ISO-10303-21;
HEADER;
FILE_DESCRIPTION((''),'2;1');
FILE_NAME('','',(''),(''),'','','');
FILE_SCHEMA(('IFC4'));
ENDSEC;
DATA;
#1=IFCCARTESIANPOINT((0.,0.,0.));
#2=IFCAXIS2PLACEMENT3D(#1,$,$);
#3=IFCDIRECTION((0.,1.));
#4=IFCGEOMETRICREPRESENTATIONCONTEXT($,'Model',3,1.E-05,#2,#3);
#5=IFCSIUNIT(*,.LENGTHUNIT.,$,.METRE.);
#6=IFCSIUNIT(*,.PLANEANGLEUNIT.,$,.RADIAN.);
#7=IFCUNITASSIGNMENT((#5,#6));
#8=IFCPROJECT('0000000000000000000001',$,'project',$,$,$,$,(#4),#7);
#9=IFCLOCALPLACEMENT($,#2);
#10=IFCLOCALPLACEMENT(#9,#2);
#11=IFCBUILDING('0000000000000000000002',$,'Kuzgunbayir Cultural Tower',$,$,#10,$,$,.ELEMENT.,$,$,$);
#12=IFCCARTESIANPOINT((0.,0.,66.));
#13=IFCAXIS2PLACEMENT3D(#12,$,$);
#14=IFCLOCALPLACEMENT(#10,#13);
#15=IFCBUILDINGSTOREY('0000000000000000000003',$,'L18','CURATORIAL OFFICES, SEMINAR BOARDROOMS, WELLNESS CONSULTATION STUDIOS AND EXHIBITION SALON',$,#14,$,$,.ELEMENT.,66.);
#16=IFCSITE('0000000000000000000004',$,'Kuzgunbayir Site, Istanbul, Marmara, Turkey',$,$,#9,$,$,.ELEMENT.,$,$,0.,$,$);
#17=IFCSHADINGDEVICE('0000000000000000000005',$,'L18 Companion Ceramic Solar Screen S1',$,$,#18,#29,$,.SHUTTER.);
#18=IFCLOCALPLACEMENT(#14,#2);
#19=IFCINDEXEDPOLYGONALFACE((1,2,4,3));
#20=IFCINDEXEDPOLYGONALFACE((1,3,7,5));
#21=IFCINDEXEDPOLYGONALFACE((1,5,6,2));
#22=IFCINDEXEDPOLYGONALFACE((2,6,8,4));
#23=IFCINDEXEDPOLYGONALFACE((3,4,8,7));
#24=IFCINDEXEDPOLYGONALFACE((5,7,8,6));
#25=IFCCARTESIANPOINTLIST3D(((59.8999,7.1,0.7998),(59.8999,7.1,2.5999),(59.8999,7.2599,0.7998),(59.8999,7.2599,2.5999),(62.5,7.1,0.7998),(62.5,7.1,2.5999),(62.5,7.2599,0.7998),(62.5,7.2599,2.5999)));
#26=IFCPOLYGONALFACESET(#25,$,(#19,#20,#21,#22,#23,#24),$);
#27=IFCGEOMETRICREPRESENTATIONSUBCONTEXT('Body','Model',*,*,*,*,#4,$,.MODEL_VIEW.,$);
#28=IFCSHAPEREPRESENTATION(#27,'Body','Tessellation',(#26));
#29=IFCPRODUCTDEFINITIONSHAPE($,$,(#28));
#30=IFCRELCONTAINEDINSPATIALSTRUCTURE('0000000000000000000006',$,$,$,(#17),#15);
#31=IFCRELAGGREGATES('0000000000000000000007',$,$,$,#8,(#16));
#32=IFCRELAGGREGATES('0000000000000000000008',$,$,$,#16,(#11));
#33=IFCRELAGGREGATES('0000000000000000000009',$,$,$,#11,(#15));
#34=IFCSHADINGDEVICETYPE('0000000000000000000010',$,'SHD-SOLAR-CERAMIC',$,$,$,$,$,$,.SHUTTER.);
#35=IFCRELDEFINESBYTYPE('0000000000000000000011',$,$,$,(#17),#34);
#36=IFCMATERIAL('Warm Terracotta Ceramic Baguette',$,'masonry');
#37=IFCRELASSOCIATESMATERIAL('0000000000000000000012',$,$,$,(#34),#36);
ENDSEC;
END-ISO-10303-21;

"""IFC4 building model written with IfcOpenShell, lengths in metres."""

from ifc_helpers import new_model, si_unit, direction, frame, origin, origin_2d, place, context, subcontext, project, spatial, rectangle, extrude, material, type_object, element, save


model = new_model("IFC4")

# Units and contexts
model_context = context("Model", 3, precision=1e-05, world=origin(), true_north=direction((0.0, 1.0)))
body_context = subcontext(model_context, "Body", "Model", "MODEL_VIEW")
ifc_project = project(units=[si_unit("LENGTHUNIT", "METRE"), si_unit("PLANEANGLEUNIT", "RADIAN")], contexts=[model_context])

# Site, building, storey
site_placement = place(None, origin())
site = spatial("IfcSite", under=ifc_project, at=site_placement, Name="Kuzgunbayir Site, Istanbul, Marmara, Turkey", CompositionType="ELEMENT", RefElevation=0.0)
building_placement = place(site_placement, origin())
building = spatial("IfcBuilding", under=site, at=building_placement, Name="Kuzgunbayir Cultural Tower", CompositionType="ELEMENT")
storey_placement = place(building_placement, frame((0.0, 0.0, 66.0)))
storey = spatial("IfcBuildingStorey", under=building, at=storey_placement, Name="L18", Description="CURATORIAL OFFICES, SEMINAR BOARDROOMS, WELLNESS CONSULTATION STUDIOS AND EXHIBITION SALON", CompositionType="ELEMENT", Elevation=66.0)

# Shading device
ifc_material_1 = material(Name="Warm Terracotta Ceramic Baguette", Category="masonry")
shading_device_type = type_object("IfcShadingDeviceType", Name="SHD-SOLAR-CERAMIC", PredefinedType="SHUTTER", material=ifc_material_1)
shading_device_placement = place(storey_placement, frame((61.2, 7.1799, 0.7998), z_axis=(0.0, 0.0, 1.0), x_axis=(1.0, 0.0, 0.0)))
element("IfcShadingDevice", 1, at=shading_device_placement, inside=storey, type_object=shading_device_type, Name="L18 Companion Ceramic Solar Screen S1", PredefinedType="SHUTTER", context=body_context, shape_type="SweptSolid", body=[
    extrude(rectangle(XDim=2.6001, YDim=0.1599, at=origin_2d()), origin(), (0.0, 0.0, 1.0), 1.8),
])

save(model, "model.ifc")
